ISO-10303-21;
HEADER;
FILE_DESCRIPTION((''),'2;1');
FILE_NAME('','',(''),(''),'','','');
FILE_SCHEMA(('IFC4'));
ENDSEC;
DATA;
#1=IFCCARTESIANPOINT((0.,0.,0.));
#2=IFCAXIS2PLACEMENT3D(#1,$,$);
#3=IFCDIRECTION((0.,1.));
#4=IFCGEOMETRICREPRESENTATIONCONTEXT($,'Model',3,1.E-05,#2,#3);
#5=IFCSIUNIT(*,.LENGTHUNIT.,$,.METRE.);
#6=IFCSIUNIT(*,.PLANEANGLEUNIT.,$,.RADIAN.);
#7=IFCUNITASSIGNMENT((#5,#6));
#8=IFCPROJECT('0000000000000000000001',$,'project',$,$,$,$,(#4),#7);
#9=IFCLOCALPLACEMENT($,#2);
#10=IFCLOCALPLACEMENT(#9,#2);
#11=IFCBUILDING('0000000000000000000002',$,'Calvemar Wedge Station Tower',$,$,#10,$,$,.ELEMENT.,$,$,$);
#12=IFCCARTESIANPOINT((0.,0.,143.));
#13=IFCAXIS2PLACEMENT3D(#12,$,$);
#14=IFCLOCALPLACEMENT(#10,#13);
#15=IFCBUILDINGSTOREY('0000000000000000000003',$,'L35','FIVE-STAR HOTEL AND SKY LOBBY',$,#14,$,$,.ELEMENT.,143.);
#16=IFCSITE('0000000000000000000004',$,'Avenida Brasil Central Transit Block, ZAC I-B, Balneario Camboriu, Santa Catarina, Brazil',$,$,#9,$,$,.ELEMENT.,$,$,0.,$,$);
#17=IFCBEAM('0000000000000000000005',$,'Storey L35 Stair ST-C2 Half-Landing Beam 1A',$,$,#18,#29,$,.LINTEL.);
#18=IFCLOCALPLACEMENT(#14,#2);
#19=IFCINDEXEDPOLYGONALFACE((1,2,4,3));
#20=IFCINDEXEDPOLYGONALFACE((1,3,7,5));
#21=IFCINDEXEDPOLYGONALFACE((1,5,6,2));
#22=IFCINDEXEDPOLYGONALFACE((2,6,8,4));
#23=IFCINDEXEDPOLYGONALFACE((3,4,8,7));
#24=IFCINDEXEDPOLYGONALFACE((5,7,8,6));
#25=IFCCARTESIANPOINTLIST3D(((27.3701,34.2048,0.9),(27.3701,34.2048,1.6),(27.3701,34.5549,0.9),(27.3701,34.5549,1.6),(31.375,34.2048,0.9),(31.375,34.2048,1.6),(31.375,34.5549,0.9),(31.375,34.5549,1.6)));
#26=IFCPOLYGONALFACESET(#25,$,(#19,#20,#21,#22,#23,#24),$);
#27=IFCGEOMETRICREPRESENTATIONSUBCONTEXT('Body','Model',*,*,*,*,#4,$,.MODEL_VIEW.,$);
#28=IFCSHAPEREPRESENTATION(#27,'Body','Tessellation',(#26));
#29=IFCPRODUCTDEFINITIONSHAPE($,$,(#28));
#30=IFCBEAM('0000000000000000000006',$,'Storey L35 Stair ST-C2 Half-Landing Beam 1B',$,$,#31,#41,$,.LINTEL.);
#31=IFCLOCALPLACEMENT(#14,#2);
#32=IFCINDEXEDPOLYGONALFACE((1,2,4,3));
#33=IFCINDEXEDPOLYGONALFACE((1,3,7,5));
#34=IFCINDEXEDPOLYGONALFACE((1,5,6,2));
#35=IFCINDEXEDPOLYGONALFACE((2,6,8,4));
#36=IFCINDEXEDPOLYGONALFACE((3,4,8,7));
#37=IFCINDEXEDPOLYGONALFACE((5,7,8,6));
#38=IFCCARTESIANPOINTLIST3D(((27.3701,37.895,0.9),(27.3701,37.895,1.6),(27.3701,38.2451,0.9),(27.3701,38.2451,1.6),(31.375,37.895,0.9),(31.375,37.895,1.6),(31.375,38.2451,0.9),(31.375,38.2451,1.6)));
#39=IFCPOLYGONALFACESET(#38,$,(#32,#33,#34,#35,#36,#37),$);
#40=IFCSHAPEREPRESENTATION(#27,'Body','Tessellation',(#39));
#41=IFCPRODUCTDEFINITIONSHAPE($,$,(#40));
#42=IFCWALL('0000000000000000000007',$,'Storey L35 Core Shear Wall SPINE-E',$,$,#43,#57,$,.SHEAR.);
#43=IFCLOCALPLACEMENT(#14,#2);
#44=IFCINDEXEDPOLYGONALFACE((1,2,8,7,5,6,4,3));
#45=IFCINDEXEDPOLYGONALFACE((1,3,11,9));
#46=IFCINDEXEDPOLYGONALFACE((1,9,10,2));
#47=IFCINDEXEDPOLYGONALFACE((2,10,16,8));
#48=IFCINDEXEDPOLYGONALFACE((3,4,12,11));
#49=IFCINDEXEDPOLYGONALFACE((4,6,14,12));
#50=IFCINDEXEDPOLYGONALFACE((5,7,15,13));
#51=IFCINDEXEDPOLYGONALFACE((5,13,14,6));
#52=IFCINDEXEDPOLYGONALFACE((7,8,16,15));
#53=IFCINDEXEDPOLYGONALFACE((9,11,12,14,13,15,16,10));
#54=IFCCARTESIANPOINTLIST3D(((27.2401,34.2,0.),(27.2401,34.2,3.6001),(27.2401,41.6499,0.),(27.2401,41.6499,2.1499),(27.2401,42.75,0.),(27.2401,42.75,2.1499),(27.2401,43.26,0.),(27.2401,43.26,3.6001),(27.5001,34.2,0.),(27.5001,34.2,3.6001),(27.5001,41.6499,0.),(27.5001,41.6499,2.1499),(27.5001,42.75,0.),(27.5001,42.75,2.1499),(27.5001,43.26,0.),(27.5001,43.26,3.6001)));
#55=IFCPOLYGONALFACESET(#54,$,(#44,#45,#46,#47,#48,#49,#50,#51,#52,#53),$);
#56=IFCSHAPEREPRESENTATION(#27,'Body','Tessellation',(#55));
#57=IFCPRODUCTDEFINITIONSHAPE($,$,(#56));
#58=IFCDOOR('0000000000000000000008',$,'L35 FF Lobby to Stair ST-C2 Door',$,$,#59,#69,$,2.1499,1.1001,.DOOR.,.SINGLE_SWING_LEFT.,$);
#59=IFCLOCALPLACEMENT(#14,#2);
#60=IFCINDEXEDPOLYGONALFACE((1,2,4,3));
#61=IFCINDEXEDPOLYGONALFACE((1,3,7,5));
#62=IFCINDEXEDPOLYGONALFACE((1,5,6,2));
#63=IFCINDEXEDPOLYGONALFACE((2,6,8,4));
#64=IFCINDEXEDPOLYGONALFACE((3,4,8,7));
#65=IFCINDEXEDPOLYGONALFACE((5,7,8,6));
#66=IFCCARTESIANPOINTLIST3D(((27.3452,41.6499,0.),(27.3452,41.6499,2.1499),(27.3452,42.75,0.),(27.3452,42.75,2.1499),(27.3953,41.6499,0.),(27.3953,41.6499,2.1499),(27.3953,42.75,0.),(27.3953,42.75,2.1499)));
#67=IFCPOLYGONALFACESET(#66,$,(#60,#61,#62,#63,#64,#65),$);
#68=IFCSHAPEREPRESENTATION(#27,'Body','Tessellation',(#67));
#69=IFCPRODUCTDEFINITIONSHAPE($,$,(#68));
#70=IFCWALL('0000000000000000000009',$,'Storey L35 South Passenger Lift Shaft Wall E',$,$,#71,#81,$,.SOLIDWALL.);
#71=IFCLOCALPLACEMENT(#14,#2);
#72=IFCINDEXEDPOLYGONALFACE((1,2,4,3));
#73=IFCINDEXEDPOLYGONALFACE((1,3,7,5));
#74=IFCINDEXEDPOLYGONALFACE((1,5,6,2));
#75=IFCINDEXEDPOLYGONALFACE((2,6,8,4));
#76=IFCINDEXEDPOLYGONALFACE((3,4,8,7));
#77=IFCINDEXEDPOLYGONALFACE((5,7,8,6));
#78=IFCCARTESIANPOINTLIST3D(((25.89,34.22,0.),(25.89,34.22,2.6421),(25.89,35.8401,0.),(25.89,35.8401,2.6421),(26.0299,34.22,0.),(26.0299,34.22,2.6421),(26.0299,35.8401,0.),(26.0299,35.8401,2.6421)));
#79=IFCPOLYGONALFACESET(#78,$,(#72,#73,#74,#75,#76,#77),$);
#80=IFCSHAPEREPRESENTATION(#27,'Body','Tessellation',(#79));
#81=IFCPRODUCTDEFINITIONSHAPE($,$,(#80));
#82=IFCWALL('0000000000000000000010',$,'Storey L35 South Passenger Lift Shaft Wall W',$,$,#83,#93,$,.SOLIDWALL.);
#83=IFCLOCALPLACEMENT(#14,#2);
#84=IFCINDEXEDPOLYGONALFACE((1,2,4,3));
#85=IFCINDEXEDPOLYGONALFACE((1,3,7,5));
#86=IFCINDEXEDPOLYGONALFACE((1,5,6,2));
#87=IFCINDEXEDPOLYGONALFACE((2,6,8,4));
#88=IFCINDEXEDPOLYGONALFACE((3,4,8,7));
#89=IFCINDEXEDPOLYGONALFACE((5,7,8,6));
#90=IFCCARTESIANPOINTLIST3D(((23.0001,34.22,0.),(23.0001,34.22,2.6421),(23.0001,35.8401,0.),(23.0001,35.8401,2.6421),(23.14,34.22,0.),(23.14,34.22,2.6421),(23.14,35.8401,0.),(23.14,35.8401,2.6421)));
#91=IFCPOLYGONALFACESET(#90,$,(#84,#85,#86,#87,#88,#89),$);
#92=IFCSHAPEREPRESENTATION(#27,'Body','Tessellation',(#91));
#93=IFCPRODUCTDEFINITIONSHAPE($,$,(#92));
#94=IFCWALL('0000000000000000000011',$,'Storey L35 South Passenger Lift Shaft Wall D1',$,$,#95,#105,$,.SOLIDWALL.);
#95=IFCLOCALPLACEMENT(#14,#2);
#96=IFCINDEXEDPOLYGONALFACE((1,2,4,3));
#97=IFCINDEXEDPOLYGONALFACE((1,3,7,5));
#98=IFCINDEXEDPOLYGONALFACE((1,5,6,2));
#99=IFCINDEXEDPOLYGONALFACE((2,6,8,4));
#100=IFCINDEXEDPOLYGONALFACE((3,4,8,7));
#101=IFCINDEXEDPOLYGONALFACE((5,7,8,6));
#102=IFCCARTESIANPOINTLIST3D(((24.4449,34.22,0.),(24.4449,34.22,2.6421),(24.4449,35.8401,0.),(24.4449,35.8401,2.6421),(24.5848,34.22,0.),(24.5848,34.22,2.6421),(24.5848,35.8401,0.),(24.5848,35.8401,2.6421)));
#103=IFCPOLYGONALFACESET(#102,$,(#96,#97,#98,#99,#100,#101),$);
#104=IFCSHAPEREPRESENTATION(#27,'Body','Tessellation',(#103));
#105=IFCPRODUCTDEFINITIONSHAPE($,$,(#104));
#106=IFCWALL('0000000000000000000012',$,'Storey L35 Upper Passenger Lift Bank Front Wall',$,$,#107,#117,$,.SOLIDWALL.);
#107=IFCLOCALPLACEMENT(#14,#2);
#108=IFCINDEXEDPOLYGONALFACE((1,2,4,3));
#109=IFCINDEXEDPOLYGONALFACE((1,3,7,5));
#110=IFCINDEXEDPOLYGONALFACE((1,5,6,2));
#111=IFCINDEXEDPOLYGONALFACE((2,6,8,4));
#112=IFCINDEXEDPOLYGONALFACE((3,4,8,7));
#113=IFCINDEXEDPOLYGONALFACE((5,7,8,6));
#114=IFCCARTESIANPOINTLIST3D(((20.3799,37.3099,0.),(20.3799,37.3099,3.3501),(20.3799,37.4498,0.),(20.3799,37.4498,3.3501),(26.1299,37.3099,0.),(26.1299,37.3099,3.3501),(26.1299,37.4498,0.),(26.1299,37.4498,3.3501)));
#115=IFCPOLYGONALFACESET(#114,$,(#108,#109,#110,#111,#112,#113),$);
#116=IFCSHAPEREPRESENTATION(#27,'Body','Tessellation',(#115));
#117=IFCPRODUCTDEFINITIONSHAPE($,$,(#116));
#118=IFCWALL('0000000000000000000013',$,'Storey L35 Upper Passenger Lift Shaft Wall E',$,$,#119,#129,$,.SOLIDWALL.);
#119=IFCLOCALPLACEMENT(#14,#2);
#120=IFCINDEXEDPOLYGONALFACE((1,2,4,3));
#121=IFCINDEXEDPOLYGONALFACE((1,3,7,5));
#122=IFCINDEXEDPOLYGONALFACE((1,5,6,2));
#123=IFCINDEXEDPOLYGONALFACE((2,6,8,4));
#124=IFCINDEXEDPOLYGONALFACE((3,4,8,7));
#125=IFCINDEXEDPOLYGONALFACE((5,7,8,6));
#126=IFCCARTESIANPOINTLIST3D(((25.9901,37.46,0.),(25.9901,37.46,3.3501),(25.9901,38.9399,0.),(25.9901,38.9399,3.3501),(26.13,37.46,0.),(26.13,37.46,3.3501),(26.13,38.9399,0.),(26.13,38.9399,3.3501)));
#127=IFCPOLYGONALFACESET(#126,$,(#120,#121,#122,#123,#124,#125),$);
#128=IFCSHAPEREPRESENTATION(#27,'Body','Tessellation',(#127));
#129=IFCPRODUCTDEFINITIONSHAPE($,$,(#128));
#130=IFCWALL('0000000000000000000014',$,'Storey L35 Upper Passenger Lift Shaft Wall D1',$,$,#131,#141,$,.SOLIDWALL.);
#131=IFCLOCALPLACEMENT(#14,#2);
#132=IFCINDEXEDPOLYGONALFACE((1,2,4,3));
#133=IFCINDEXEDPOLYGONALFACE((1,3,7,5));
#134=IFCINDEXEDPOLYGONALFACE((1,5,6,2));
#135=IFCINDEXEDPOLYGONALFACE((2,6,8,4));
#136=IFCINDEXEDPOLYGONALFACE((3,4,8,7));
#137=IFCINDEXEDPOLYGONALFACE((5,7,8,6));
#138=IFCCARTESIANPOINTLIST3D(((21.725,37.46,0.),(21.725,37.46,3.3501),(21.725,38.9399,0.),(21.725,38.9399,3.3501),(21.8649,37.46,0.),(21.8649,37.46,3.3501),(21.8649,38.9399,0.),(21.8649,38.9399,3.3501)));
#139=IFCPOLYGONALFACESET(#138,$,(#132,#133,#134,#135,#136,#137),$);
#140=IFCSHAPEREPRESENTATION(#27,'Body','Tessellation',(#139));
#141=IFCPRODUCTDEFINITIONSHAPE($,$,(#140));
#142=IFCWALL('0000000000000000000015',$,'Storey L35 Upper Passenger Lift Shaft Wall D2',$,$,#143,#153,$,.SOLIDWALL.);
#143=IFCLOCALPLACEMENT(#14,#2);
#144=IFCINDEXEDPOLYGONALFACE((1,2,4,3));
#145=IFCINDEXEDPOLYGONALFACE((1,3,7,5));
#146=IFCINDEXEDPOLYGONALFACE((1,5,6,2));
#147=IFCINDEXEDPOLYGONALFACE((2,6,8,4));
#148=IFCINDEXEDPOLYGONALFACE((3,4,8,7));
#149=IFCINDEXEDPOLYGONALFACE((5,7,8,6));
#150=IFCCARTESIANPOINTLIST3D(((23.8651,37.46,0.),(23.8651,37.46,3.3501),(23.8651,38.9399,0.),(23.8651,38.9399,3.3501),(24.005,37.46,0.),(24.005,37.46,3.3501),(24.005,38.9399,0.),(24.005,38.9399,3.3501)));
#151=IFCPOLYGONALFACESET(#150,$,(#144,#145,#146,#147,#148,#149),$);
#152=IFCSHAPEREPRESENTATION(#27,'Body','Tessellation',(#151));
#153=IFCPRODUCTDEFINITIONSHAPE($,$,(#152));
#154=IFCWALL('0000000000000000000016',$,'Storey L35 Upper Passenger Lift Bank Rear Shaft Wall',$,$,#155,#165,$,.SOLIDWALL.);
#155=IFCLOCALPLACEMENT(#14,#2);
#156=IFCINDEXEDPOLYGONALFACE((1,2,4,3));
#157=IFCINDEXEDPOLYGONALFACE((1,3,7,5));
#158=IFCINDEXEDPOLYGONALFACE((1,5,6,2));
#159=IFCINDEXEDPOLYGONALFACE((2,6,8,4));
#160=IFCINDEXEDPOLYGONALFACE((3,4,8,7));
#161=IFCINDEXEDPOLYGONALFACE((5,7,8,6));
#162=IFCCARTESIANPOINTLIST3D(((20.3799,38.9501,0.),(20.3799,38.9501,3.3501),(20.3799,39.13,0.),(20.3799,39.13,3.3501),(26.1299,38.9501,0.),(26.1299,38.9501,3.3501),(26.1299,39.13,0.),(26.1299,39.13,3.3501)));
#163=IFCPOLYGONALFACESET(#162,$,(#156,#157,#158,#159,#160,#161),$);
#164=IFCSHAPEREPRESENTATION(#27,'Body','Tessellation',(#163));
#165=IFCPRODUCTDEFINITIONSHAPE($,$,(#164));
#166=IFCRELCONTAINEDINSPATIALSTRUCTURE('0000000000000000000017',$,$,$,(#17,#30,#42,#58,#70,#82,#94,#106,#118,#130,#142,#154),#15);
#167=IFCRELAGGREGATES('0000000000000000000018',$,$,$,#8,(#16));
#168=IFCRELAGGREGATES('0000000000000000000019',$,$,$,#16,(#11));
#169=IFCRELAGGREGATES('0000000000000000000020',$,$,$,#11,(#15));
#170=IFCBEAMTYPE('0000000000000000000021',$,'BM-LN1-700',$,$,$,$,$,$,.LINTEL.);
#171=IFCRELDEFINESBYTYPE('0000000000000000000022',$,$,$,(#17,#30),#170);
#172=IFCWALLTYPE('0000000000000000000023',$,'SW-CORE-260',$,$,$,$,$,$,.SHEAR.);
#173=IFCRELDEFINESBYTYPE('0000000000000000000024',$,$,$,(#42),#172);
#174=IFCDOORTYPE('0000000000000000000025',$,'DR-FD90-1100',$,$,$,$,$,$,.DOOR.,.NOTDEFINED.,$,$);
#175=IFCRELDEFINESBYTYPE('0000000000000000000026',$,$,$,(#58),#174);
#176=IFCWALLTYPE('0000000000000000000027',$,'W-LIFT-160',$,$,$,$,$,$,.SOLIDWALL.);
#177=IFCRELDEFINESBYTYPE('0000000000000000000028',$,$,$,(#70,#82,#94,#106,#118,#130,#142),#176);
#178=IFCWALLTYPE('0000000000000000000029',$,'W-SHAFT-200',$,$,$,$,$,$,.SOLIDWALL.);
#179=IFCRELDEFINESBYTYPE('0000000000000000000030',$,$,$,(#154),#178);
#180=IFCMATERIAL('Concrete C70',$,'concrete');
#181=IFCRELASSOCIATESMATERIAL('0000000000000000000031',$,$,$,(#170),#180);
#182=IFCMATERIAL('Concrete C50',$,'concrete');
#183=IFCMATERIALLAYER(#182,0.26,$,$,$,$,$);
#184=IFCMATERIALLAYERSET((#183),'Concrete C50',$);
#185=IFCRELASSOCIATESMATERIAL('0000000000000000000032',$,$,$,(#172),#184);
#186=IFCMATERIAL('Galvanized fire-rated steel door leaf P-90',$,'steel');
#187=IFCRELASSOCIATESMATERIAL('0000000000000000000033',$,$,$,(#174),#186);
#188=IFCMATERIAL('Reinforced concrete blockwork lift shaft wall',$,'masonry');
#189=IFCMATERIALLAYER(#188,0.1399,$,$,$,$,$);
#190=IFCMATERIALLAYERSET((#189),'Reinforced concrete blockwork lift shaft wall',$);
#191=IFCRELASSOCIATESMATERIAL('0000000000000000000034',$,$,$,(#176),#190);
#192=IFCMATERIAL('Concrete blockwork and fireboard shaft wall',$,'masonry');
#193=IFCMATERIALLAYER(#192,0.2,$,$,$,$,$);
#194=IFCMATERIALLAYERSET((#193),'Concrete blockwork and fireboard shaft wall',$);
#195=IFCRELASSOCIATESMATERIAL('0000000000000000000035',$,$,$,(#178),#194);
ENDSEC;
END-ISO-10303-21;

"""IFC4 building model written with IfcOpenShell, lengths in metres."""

from ifc_helpers import new_model, si_unit, direction, frame, frame_2d, origin, origin_2d, place, context, subcontext, project, spatial, rectangle, extrude, source, transform, mapped, material, layer, layer_set, material_profile, profile_set, type_object, element, fill, save


model = new_model("IFC4")

# Units and contexts
model_context = context("Model", 3, precision=1e-05, world=origin(), true_north=direction((0.0, 1.0)))
body_context = subcontext(model_context, "Body", "Model", "MODEL_VIEW")
ifc_project = project(units=[si_unit("LENGTHUNIT", "METRE"), si_unit("PLANEANGLEUNIT", "RADIAN")], contexts=[model_context])

# Site, building, storey
site_placement = place(None, origin())
site = spatial("IfcSite", under=ifc_project, at=site_placement, Name="Avenida Brasil Central Transit Block, ZAC I-B, Balneario Camboriu, Santa Catarina, Brazil", CompositionType="ELEMENT", RefElevation=0.0)
building_placement = place(site_placement, origin())
building = spatial("IfcBuilding", under=site, at=building_placement, Name="Calvemar Wedge Station Tower", CompositionType="ELEMENT")
storey_placement = place(building_placement, frame((0.0, 0.0, 143.0)))
storey = spatial("IfcBuildingStorey", under=building, at=storey_placement, Name="L35", Description="FIVE-STAR HOTEL AND SKY LOBBY", CompositionType="ELEMENT", Elevation=143.0)

# Beams
ifc_material_1 = material(Name="Concrete C70", Category="concrete")
ifc_material_profile = material_profile(ifc_material_1, rectangle(XDim=0.3501, YDim=0.7, at=origin_2d()), Name="RC350x700")
ifc_profile_set = profile_set([ifc_material_profile], Name="Concrete C70")
beam_type = type_object("IfcBeamType", Name="BM-LN1-700", PredefinedType="LINTEL", material=ifc_profile_set)
shared_shape_1 = source(origin(), body_context, "Body", "SweptSolid", [
    extrude(rectangle(XDim=0.3501, YDim=0.7, at=origin_2d()), origin(), (0.0, 0.0, 1.0), 4.0049),
])
for number, where, z_axis, x_axis, name in (
    (1, (27.3701, 34.3799, 1.25), (1.0, 0.0, 0.0), (0.0, 1.0, 0.0), "Storey L35 Stair ST-C2 Half-Landing Beam 1A"),
    (2, (27.3701, 38.0701, 1.25), (1.0, 0.0, 0.0), (0.0, 1.0, 0.0), "Storey L35 Stair ST-C2 Half-Landing Beam 1B"),
):
    element("IfcBeam", number, at=place(storey_placement, frame(where, z_axis=z_axis, x_axis=x_axis)), inside=storey, type_object=beam_type, Name=name, PredefinedType="LINTEL", context=body_context, shape_type="MappedRepresentation", body=[
        mapped(shared_shape_1, transform((0.0, 0.0, 0.0), scale=1.0)),
    ])

# Wall, opening, door
ifc_material_2 = material(Name="Concrete C50", Category="concrete")
ifc_layer_1 = layer(ifc_material_2, 0.26)
ifc_layer_set_1 = layer_set([ifc_layer_1], Name="Concrete C50")
wall_type_1 = type_object("IfcWallType", Name="SW-CORE-260", PredefinedType="SHEAR", material=ifc_layer_set_1)
wall_1_placement = place(storey_placement, frame((27.3701, 34.2, 0.0), z_axis=(0.0, 0.0, 1.0), x_axis=(0.0, 1.0, 0.0)))
wall_1 = element("IfcWall", 3, at=wall_1_placement, inside=storey, type_object=wall_type_1, Name="Storey L35 Core Shear Wall SPINE-E", PredefinedType="SHEAR", context=body_context, shape_type="SweptSolid", body=[
    extrude(rectangle(XDim=9.0601, YDim=0.26, at=frame_2d((4.53, 0.0))), origin(), (0.0, 0.0, 1.0), 3.6001),
])
shared_shape_2 = source(origin(), body_context, "Body", "SweptSolid", [
    extrude(rectangle(XDim=1.1001, YDim=2.1499, at=frame_2d((0.55, 1.075))), frame((0.0, 0.1401, 0.0), z_axis=(0.0, -1.0, 0.0), x_axis=(1.0, 0.0, 0.0)), (0.0, 0.0, 1.0), 0.28),
])
opening_1_placement = place(wall_1_placement, frame((7.45, 0.0, 0.0)))
opening_1 = element("IfcOpeningElement", 4, at=opening_1_placement, cuts=wall_1, PredefinedType="OPENING", context=body_context, shape_type="MappedRepresentation", body=[
    mapped(shared_shape_2, transform((0.0, 0.0, 0.0), scale=1.0)),
])
ifc_material_3 = material(Name="Galvanized fire-rated steel door leaf P-90", Category="steel")
door_type_1 = type_object("IfcDoorType", Name="DR-FD90-1100", OperationType="NOTDEFINED", PredefinedType="DOOR", material=ifc_material_3)
shared_shape_3 = source(origin(), body_context, "Body", "SweptSolid", [
    extrude(rectangle(XDim=1.1001, YDim=2.1499, at=frame_2d((0.55, 1.075))), frame((0.0, 0.0249, 0.0), z_axis=(0.0, -1.0, 0.0), x_axis=(1.0, 0.0, 0.0)), (0.0, 0.0, 1.0), 0.05),
])
door_1_placement = place(opening_1_placement, origin())
door_1 = element("IfcDoor", 5, at=door_1_placement, inside=storey, type_object=door_type_1, Name="L35 FF Lobby to Stair ST-C2 Door", OperationType="SINGLE_SWING_LEFT", OverallHeight=2.1499, OverallWidth=1.1001, PredefinedType="DOOR", context=body_context, shape_type="MappedRepresentation", body=[
    mapped(shared_shape_3, transform((0.0, 0.0, 0.0), scale=1.0)),
])
fill(opening_1, door_1)

# Shared definitions
ifc_material_4 = material(Name="Reinforced concrete blockwork lift shaft wall", Category="masonry")
ifc_layer_2 = layer(ifc_material_4, 0.1399)
ifc_layer_set_2 = layer_set([ifc_layer_2], Name="Reinforced concrete blockwork lift shaft wall")
wall_type_2 = type_object("IfcWallType", Name="W-LIFT-160", PredefinedType="SOLIDWALL", material=ifc_layer_set_2)

# Walls
for number, where, z_axis, x_axis, name in (
    (6, (25.96, 34.22, 0.0), (0.0, 0.0, 1.0), (0.0, 1.0, 0.0), "Storey L35 South Passenger Lift Shaft Wall E"),
    (7, (23.0701, 34.22, 0.0), (0.0, 0.0, 1.0), (0.0, 1.0, 0.0), "Storey L35 South Passenger Lift Shaft Wall W"),
    (8, (24.5149, 34.22, 0.0), (0.0, 0.0, 1.0), (0.0, 1.0, 0.0), "Storey L35 South Passenger Lift Shaft Wall D1"),
):
    element("IfcWall", number, at=place(storey_placement, frame(where, z_axis=z_axis, x_axis=x_axis)), inside=storey, type_object=wall_type_2, Name=name, PredefinedType="SOLIDWALL", context=body_context, shape_type="SweptSolid", body=[
        extrude(rectangle(XDim=1.6201, YDim=0.1399, at=frame_2d((0.8101, 0.0))), origin(), (0.0, 0.0, 1.0), 2.6421),
    ])
wall_2_placement = place(storey_placement, frame((20.3799, 37.3799, 0.0), z_axis=(0.0, 0.0, 1.0), x_axis=(1.0, 0.0, 0.0)))
element("IfcWall", 9, at=wall_2_placement, inside=storey, type_object=wall_type_2, Name="Storey L35 Upper Passenger Lift Bank Front Wall", PredefinedType="SOLIDWALL", context=body_context, shape_type="SweptSolid", body=[
    extrude(rectangle(XDim=5.75, YDim=0.1399, at=frame_2d((2.875, 0.0))), origin(), (0.0, 0.0, 1.0), 3.3501),
])
for number, where, z_axis, x_axis, name in (
    (10, (26.0601, 37.46, 0.0), (0.0, 0.0, 1.0), (0.0, 1.0, 0.0), "Storey L35 Upper Passenger Lift Shaft Wall E"),
    (11, (21.7949, 37.46, 0.0), (0.0, 0.0, 1.0), (0.0, 1.0, 0.0), "Storey L35 Upper Passenger Lift Shaft Wall D1"),
    (12, (23.9351, 37.46, 0.0), (0.0, 0.0, 1.0), (0.0, 1.0, 0.0), "Storey L35 Upper Passenger Lift Shaft Wall D2"),
):
    element("IfcWall", number, at=place(storey_placement, frame(where, z_axis=z_axis, x_axis=x_axis)), inside=storey, type_object=wall_type_2, Name=name, PredefinedType="SOLIDWALL", context=body_context, shape_type="SweptSolid", body=[
        extrude(rectangle(XDim=1.48, YDim=0.1399, at=frame_2d((0.74, 0.0))), origin(), (0.0, 0.0, 1.0), 3.3501),
    ])
ifc_material_5 = material(Name="Concrete blockwork and fireboard shaft wall", Category="masonry")
ifc_layer_3 = layer(ifc_material_5, 0.2)
ifc_layer_set_3 = layer_set([ifc_layer_3], Name="Concrete blockwork and fireboard shaft wall")
wall_type_3 = type_object("IfcWallType", Name="W-SHAFT-200", PredefinedType="SOLIDWALL", material=ifc_layer_set_3)
wall_3_placement = place(storey_placement, frame((20.3799, 39.04, 0.0), z_axis=(0.0, 0.0, 1.0), x_axis=(1.0, 0.0, 0.0)))
element("IfcWall", 13, at=wall_3_placement, inside=storey, type_object=wall_type_3, Name="Storey L35 Upper Passenger Lift Bank Rear Shaft Wall", PredefinedType="SOLIDWALL", context=body_context, shape_type="SweptSolid", body=[
    extrude(rectangle(XDim=5.75, YDim=0.1799, at=frame_2d((2.875, 0.0))), origin(), (0.0, 0.0, 1.0), 3.3501),
])

save(model, "model.ifc")
